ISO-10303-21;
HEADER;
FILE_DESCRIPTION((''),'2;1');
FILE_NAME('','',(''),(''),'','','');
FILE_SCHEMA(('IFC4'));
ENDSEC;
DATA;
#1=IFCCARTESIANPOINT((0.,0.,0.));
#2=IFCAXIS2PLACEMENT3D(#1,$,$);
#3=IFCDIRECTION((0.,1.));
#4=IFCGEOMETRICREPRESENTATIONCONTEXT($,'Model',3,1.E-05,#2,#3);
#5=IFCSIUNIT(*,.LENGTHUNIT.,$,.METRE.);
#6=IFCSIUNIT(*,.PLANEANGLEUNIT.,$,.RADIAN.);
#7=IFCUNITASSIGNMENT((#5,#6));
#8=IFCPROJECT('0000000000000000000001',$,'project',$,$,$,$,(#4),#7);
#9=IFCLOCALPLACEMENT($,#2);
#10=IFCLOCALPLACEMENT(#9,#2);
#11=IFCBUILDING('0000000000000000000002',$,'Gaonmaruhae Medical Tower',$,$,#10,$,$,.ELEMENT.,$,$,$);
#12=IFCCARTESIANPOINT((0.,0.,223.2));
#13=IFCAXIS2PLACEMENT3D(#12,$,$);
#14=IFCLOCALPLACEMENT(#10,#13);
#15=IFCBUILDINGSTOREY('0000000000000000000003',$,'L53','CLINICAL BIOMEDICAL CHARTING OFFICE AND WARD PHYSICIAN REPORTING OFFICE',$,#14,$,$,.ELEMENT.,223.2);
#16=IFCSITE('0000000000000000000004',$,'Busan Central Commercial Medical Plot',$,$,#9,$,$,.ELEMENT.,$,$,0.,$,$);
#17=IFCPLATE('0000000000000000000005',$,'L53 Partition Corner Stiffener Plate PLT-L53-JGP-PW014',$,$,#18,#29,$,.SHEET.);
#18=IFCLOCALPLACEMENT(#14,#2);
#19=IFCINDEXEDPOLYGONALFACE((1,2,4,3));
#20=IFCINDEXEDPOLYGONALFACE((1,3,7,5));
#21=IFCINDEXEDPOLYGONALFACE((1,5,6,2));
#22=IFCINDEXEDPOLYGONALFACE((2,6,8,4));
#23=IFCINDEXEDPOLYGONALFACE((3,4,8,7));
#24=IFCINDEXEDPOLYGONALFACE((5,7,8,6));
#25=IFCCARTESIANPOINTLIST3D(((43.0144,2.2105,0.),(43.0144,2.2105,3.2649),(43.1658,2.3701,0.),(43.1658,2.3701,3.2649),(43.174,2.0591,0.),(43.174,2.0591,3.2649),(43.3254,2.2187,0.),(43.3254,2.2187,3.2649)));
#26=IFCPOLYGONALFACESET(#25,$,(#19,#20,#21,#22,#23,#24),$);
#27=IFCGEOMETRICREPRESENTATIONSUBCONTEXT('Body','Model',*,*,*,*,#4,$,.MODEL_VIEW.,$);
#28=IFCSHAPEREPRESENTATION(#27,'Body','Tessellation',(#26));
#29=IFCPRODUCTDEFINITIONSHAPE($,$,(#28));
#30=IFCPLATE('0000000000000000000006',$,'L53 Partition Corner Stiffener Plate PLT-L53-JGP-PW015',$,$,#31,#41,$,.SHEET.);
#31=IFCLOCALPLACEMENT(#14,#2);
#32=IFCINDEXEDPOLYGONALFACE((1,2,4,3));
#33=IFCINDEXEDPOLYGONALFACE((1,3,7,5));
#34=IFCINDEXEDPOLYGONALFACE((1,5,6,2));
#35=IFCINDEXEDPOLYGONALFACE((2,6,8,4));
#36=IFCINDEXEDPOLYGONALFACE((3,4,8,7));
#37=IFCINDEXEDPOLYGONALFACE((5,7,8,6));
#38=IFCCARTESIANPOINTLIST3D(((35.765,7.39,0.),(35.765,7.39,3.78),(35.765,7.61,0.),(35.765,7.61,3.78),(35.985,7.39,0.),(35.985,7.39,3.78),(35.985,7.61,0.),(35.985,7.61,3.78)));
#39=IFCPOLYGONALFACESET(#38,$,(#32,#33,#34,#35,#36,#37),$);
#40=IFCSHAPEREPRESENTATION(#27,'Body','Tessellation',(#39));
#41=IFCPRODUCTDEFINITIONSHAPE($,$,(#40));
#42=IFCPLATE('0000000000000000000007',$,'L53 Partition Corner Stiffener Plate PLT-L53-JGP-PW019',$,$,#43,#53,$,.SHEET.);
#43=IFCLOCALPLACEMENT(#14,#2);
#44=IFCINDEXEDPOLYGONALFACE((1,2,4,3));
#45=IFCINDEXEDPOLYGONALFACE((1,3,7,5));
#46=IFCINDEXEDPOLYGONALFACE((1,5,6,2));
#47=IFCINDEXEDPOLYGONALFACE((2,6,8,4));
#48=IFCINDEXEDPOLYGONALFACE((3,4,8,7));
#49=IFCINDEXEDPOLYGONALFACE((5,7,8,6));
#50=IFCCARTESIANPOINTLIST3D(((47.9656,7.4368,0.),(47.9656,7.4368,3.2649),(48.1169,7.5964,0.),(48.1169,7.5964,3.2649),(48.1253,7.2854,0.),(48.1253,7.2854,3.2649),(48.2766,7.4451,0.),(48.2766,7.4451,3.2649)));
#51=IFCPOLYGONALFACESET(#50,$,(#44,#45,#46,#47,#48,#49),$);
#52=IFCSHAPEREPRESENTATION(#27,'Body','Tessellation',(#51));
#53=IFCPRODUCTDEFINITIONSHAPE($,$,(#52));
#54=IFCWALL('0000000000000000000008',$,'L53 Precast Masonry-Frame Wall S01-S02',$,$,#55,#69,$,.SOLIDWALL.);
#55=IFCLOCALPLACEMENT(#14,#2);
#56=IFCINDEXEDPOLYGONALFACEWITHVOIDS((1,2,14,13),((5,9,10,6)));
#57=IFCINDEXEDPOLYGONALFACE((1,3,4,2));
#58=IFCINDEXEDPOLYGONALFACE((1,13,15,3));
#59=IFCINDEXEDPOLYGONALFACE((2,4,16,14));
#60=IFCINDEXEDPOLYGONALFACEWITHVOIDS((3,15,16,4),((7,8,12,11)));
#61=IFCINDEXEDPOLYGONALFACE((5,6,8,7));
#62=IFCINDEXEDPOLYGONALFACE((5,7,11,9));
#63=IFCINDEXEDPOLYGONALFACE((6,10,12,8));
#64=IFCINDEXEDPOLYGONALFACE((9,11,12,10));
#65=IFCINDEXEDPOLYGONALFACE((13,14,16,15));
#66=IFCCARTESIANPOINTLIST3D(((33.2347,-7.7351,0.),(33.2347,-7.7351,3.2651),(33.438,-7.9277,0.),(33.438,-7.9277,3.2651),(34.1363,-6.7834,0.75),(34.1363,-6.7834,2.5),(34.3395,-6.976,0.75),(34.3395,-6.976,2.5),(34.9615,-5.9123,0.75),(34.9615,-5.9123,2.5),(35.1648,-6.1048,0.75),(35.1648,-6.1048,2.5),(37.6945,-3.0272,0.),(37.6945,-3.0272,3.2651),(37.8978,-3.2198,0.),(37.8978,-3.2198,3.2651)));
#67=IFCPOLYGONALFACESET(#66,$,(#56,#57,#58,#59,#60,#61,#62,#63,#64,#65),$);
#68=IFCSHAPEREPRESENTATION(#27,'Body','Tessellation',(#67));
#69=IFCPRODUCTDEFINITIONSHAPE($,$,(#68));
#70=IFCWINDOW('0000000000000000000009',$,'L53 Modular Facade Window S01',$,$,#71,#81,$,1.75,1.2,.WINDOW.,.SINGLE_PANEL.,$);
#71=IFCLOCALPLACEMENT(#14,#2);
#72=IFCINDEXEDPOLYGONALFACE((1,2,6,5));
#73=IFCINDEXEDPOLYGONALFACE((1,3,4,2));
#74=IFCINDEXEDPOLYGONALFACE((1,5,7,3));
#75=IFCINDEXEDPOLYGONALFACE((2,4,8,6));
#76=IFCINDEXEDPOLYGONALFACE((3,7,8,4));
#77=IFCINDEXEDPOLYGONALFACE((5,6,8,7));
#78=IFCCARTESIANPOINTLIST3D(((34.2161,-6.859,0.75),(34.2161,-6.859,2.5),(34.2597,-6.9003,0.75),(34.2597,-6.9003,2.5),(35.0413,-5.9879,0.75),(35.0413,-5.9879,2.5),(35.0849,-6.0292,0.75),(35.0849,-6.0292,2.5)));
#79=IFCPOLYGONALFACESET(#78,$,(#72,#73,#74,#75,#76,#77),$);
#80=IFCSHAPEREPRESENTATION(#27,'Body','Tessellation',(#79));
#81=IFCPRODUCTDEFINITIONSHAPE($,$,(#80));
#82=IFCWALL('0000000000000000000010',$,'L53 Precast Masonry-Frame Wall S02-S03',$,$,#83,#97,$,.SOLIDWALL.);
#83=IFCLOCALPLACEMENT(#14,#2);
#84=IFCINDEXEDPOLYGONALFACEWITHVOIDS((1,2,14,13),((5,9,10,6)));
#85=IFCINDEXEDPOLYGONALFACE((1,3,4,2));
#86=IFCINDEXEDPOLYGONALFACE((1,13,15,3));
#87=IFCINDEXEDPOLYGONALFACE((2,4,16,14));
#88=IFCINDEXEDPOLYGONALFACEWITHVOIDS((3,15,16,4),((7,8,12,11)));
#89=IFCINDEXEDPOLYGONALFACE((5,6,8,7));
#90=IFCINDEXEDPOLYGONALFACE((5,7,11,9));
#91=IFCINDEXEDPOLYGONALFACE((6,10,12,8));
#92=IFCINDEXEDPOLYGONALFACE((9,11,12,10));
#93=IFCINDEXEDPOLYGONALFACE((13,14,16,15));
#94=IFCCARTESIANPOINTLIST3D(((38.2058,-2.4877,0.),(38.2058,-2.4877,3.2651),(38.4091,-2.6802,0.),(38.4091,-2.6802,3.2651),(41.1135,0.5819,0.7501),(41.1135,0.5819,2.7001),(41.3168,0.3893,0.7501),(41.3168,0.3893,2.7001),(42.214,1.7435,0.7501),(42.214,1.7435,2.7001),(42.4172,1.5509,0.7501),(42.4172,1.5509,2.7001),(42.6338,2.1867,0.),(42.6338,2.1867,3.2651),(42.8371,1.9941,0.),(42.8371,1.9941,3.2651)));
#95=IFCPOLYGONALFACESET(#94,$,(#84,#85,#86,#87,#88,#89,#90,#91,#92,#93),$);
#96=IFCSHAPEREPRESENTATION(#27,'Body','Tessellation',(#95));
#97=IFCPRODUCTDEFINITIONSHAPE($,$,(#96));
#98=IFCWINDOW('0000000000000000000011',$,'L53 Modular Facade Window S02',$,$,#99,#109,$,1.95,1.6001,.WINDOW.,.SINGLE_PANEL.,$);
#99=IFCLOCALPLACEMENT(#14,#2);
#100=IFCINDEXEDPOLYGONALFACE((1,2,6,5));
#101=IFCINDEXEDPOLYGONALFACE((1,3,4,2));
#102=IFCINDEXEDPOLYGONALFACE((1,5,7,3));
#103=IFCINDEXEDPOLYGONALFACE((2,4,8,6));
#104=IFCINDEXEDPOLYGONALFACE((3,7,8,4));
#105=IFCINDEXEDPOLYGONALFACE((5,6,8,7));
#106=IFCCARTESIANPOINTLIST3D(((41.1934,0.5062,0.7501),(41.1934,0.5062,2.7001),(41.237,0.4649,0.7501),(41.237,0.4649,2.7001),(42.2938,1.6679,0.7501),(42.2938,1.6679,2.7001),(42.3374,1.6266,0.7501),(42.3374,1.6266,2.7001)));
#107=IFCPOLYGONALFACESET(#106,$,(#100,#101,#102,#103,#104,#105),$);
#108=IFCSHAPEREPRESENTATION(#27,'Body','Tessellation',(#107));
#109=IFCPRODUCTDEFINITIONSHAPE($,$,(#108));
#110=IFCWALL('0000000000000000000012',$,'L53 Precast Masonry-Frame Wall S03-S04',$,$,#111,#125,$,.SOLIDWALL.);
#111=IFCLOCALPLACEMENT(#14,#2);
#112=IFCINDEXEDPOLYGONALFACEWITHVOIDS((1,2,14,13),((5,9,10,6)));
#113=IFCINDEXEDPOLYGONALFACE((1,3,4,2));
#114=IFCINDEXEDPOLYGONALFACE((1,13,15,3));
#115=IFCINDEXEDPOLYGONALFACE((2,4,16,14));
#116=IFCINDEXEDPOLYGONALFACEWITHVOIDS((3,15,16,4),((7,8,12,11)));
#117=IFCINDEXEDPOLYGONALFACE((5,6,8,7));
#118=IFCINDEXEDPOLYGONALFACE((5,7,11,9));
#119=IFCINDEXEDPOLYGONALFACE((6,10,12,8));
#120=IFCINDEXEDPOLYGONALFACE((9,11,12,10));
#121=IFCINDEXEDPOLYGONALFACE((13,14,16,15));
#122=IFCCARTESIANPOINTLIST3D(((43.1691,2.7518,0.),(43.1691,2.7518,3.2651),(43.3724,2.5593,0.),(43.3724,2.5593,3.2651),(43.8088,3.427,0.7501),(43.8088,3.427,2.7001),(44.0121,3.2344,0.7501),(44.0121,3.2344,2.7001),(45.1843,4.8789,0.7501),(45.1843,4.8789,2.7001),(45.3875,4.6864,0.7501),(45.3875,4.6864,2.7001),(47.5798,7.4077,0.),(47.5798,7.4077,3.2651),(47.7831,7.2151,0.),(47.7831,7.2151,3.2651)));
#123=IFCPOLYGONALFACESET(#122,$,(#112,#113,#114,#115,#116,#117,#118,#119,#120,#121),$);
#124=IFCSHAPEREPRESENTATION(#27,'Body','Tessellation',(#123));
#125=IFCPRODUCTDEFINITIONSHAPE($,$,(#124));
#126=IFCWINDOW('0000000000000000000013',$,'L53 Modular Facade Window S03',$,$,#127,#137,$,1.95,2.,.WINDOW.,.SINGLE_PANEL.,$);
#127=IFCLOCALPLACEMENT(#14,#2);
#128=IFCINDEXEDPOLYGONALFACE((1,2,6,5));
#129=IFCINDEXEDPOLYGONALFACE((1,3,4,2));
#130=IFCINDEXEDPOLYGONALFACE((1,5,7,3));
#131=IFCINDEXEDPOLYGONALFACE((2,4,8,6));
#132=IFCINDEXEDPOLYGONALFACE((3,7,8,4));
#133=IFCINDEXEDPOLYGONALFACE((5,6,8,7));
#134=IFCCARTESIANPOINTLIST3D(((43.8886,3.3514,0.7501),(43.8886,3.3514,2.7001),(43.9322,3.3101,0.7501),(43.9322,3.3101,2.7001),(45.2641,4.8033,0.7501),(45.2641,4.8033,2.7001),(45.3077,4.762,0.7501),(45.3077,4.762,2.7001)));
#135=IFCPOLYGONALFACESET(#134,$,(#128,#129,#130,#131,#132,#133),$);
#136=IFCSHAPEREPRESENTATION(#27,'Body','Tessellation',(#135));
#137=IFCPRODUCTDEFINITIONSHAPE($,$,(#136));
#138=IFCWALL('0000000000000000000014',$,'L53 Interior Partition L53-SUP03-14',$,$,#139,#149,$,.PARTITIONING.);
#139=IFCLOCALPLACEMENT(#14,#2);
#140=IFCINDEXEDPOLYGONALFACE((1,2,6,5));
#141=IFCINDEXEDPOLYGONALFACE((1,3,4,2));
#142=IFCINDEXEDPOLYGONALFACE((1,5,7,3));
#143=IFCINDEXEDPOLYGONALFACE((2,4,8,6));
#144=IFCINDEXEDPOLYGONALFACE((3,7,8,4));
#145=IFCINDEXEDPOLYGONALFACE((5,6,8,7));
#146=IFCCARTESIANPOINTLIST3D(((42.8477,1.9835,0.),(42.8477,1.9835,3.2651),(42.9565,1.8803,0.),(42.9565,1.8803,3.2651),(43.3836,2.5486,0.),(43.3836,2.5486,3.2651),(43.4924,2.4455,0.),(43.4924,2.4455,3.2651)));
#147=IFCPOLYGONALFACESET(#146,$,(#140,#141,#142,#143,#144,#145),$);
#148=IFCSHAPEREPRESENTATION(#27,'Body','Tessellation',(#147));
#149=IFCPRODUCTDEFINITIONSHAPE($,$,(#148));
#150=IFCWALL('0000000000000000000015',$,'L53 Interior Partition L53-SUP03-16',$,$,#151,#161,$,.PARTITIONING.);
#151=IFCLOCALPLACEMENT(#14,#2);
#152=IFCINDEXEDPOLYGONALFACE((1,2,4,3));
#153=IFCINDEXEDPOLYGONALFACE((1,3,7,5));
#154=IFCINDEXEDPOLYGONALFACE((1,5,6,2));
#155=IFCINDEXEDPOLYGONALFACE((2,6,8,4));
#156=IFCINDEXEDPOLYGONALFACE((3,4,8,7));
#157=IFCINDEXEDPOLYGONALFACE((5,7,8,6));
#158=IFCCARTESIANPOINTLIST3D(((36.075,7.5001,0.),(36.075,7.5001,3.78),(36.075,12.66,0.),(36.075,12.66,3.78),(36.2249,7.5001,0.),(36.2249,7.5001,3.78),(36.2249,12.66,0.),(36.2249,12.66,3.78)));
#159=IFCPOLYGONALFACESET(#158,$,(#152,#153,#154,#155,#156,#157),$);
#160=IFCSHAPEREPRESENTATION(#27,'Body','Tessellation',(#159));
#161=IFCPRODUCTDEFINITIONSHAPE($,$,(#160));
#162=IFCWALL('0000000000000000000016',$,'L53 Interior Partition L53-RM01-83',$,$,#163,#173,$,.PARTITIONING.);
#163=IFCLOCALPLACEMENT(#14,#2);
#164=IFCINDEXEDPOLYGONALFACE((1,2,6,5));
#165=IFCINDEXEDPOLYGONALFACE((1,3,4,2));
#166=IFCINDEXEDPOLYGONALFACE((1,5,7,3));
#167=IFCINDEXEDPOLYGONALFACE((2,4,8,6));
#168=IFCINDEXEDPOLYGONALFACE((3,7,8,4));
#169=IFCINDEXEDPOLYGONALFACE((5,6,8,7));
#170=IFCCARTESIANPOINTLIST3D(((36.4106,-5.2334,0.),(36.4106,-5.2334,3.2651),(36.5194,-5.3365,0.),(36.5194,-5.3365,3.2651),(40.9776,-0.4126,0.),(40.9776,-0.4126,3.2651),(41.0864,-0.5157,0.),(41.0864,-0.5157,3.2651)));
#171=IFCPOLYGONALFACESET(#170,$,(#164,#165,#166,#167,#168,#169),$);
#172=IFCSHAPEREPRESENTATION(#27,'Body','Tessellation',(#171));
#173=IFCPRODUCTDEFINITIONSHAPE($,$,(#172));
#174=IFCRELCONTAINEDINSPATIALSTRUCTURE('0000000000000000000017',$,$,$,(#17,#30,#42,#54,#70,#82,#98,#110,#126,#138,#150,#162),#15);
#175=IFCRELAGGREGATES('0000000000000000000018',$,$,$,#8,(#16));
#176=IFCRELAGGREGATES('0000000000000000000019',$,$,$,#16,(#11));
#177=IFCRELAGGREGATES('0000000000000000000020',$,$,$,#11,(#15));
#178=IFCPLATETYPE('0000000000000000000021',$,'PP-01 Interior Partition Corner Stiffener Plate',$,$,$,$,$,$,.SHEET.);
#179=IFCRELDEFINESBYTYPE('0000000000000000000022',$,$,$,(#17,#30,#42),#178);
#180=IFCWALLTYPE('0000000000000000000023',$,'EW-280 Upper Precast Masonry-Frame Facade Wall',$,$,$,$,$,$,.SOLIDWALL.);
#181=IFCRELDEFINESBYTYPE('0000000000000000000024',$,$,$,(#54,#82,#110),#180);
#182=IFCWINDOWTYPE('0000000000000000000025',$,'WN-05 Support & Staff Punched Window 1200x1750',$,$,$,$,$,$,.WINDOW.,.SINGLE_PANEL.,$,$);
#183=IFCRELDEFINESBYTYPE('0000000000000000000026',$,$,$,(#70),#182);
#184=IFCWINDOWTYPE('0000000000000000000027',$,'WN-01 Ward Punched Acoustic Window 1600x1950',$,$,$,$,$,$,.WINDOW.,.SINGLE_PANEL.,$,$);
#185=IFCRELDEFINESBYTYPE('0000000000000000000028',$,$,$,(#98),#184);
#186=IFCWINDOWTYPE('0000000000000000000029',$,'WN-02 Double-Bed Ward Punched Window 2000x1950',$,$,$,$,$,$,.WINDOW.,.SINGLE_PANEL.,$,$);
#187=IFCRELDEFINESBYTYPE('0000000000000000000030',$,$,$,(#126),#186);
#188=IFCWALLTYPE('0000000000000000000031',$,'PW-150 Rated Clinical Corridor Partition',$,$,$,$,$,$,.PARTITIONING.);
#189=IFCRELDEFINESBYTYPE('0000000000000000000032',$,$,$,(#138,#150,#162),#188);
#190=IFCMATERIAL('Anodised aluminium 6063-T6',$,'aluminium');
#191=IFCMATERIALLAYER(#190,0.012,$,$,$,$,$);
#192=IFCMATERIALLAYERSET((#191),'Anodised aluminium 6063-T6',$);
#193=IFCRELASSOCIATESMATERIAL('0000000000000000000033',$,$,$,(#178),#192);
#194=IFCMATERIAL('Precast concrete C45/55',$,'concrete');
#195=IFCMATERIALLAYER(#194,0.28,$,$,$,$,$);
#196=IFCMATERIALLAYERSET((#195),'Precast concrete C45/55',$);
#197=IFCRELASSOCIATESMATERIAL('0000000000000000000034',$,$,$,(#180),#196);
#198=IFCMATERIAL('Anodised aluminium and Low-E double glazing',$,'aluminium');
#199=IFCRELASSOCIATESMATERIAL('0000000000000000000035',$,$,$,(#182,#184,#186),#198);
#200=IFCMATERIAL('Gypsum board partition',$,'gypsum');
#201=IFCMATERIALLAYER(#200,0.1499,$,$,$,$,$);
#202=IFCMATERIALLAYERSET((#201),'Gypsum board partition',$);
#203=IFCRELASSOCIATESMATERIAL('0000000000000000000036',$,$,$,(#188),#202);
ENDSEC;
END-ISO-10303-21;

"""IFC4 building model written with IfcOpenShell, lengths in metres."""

from ifc_helpers import new_model, si_unit, direction, frame, frame_2d, origin, origin_2d, place, context, subcontext, project, spatial, rectangle, extrude, material, layer, layer_set, type_object, element, fill, save


model = new_model("IFC4")

# Units and contexts
model_context = context("Model", 3, precision=1e-05, world=origin(), true_north=direction((0.0, 1.0)))
body_context = subcontext(model_context, "Body", "Model", "MODEL_VIEW")
ifc_project = project(units=[si_unit("LENGTHUNIT", "METRE"), si_unit("PLANEANGLEUNIT", "RADIAN")], contexts=[model_context])

# Site, building, storey
site_placement = place(None, origin())
site = spatial("IfcSite", under=ifc_project, at=site_placement, Name="Busan Central Commercial Medical Plot", CompositionType="ELEMENT", RefElevation=0.0)
building_placement = place(site_placement, origin())
building = spatial("IfcBuilding", under=site, at=building_placement, Name="Gaonmaruhae Medical Tower", CompositionType="ELEMENT")
storey_placement = place(building_placement, frame((0.0, 0.0, 223.2)))
storey = spatial("IfcBuildingStorey", under=building, at=storey_placement, Name="L53", Description="CLINICAL BIOMEDICAL CHARTING OFFICE AND WARD PHYSICIAN REPORTING OFFICE", CompositionType="ELEMENT", Elevation=223.2)

# Plates
ifc_material_1 = material(Name="Anodised aluminium 6063-T6", Category="aluminium")
ifc_layer_1 = layer(ifc_material_1, 0.012)
ifc_layer_set_1 = layer_set([ifc_layer_1], Name="Anodised aluminium 6063-T6")
plate_type = type_object("IfcPlateType", Name="PP-01 Interior Partition Corner Stiffener Plate", PredefinedType="SHEET", material=ifc_layer_set_1)
plate_1_placement = place(storey_placement, frame((43.1699, 2.2146, 0.0), z_axis=(0.0, 0.0, 1.0), x_axis=(-0.688241, -0.725482, 0.0)))
element("IfcPlate", 1, at=plate_1_placement, inside=storey, type_object=plate_type, Name="L53 Partition Corner Stiffener Plate PLT-L53-JGP-PW014", PredefinedType="SHEET", context=body_context, shape_type="SweptSolid", body=[
    extrude(rectangle(XDim=0.22, YDim=0.22, at=origin_2d()), origin(), (0.0, 0.0, 1.0), 3.2649),
])
plate_2_placement = place(storey_placement, frame((35.875, 7.5, 0.0), z_axis=(0.0, 0.0, 1.0), x_axis=(1.0, 0.0, 0.0)))
element("IfcPlate", 2, at=plate_2_placement, inside=storey, type_object=plate_type, Name="L53 Partition Corner Stiffener Plate PLT-L53-JGP-PW015", PredefinedType="SHEET", context=body_context, shape_type="SweptSolid", body=[
    extrude(rectangle(XDim=0.22, YDim=0.22, at=origin_2d()), origin(), (0.0, 0.0, 1.0), 3.78),
])
plate_3_placement = place(storey_placement, frame((48.1211, 7.4409, 0.0), z_axis=(0.0, 0.0, 1.0), x_axis=(-0.687949, -0.725759, 0.0)))
element("IfcPlate", 3, at=plate_3_placement, inside=storey, type_object=plate_type, Name="L53 Partition Corner Stiffener Plate PLT-L53-JGP-PW019", PredefinedType="SHEET", context=body_context, shape_type="SweptSolid", body=[
    extrude(rectangle(XDim=0.22, YDim=0.22, at=origin_2d()), origin(), (0.0, 0.0, 1.0), 3.2649),
])

# Walls, openings, windows
ifc_material_2 = material(Name="Precast concrete C45/55", Category="concrete")
ifc_layer_2 = layer(ifc_material_2, 0.28)
ifc_layer_set_2 = layer_set([ifc_layer_2], Name="Precast concrete C45/55")
wall_type_1 = type_object("IfcWallType", Name="EW-280 Upper Precast Masonry-Frame Facade Wall", PredefinedType="SOLIDWALL", material=ifc_layer_set_2)
wall_1_placement = place(storey_placement, frame((37.7961, -3.1235, 0.0), z_axis=(0.0, 0.0, 1.0), x_axis=(-0.687723, -0.725973, 0.0)))
wall_1 = element("IfcWall", 4, at=wall_1_placement, inside=storey, type_object=wall_type_1, Name="L53 Precast Masonry-Frame Wall S01-S02", PredefinedType="SOLIDWALL", context=body_context, shape_type="SweptSolid", body=[
    extrude(rectangle(XDim=6.4849, YDim=0.28, at=frame_2d((3.2424, 0.0))), origin(), (0.0, 0.0, 1.0), 3.2651),
])
opening_1_placement = place(wall_1_placement, frame((3.9739, 0.0, 0.75)))
opening_1 = element("IfcOpeningElement", 5, at=opening_1_placement, cuts=wall_1, PredefinedType="OPENING", context=body_context, shape_type="SweptSolid", body=[
    extrude(rectangle(XDim=1.2, YDim=1.75, at=frame_2d((0.6001, 0.875))), frame((0.0, 0.1499, 0.0), z_axis=(0.0, -1.0, 0.0), x_axis=(1.0, 0.0, 0.0)), (0.0, 0.0, 1.0), 0.3),
])
ifc_material_3 = material(Name="Anodised aluminium and Low-E double glazing", Category="aluminium")
window_type_1 = type_object("IfcWindowType", Name="WN-05 Support & Staff Punched Window 1200x1750", PartitioningType="SINGLE_PANEL", PredefinedType="WINDOW", material=ifc_material_3)
window_1_placement = place(opening_1_placement, origin())
window_1 = element("IfcWindow", 6, at=window_1_placement, inside=storey, type_object=window_type_1, Name="L53 Modular Facade Window S01", OverallHeight=1.75, OverallWidth=1.2, PartitioningType="SINGLE_PANEL", PredefinedType="WINDOW", context=body_context, shape_type="SweptSolid", body=[
    extrude(rectangle(XDim=1.2, YDim=1.75, at=frame_2d((0.6001, 0.875))), frame((0.0, 0.03, 0.0), z_axis=(0.0, -1.0, 0.0), x_axis=(1.0, 0.0, 0.0)), (0.0, 0.0, 1.0), 0.0601),
])
fill(opening_1, window_1)
wall_2_placement = place(storey_placement, frame((42.7354, 2.0903, 0.0), z_axis=(0.0, 0.0, 1.0), x_axis=(-0.687718, -0.725978, 0.0)))
wall_2 = element("IfcWall", 7, at=wall_2_placement, inside=storey, type_object=wall_type_1, Name="L53 Precast Masonry-Frame Wall S02-S03", PredefinedType="SOLIDWALL", context=body_context, shape_type="SweptSolid", body=[
    extrude(rectangle(XDim=6.4387, YDim=0.28, at=frame_2d((3.2192, 0.0))), origin(), (0.0, 0.0, 1.0), 3.2651),
])
opening_2_placement = place(wall_2_placement, frame((0.6104, 0.0, 0.75)))
opening_2 = element("IfcOpeningElement", 8, at=opening_2_placement, cuts=wall_2, PredefinedType="OPENING", context=body_context, shape_type="SweptSolid", body=[
    extrude(rectangle(XDim=1.6001, YDim=1.95, at=frame_2d((0.8, 0.9751))), frame((0.0, 0.1499, 0.0), z_axis=(0.0, -1.0, 0.0), x_axis=(1.0, 0.0, 0.0)), (0.0, 0.0, 1.0), 0.3),
])
window_type_2 = type_object("IfcWindowType", Name="WN-01 Ward Punched Acoustic Window 1600x1950", PartitioningType="SINGLE_PANEL", PredefinedType="WINDOW", material=ifc_material_3)
window_2_placement = place(opening_2_placement, origin())
window_2 = element("IfcWindow", 9, at=window_2_placement, inside=storey, type_object=window_type_2, Name="L53 Modular Facade Window S02", OverallHeight=1.95, OverallWidth=1.6001, PartitioningType="SINGLE_PANEL", PredefinedType="WINDOW", context=body_context, shape_type="SweptSolid", body=[
    extrude(rectangle(XDim=1.6001, YDim=1.95, at=frame_2d((0.8, 0.9751))), frame((0.0, 0.03, 0.0), z_axis=(0.0, -1.0, 0.0), x_axis=(1.0, 0.0, 0.0)), (0.0, 0.0, 1.0), 0.0601),
])
fill(opening_2, window_2)
wall_3_placement = place(storey_placement, frame((47.6814, 7.3113, 0.0), z_axis=(0.0, 0.0, 1.0), x_axis=(-0.687738, -0.725959, 0.0)))
wall_3 = element("IfcWall", 10, at=wall_3_placement, inside=storey, type_object=wall_type_1, Name="L53 Precast Masonry-Frame Wall S03-S04", PredefinedType="SOLIDWALL", context=body_context, shape_type="SweptSolid", body=[
    extrude(rectangle(XDim=6.4133, YDim=0.28, at=frame_2d((3.2065, 0.0))), origin(), (0.0, 0.0, 1.0), 3.2651),
])
opening_3_placement = place(wall_3_placement, frame((3.4832, 0.0, 0.75)))
opening_3 = element("IfcOpeningElement", 11, at=opening_3_placement, cuts=wall_3, PredefinedType="OPENING", context=body_context, shape_type="SweptSolid", body=[
    extrude(rectangle(XDim=2.0, YDim=1.95, at=frame_2d((1.0, 0.9751))), frame((0.0, 0.1499, 0.0), z_axis=(0.0, -1.0, 0.0), x_axis=(1.0, 0.0, 0.0)), (0.0, 0.0, 1.0), 0.3),
])
window_type_3 = type_object("IfcWindowType", Name="WN-02 Double-Bed Ward Punched Window 2000x1950", PartitioningType="SINGLE_PANEL", PredefinedType="WINDOW", material=ifc_material_3)
window_3_placement = place(opening_3_placement, origin())
window_3 = element("IfcWindow", 12, at=window_3_placement, inside=storey, type_object=window_type_3, Name="L53 Modular Facade Window S03", OverallHeight=1.95, OverallWidth=2.0, PartitioningType="SINGLE_PANEL", PredefinedType="WINDOW", context=body_context, shape_type="SweptSolid", body=[
    extrude(rectangle(XDim=2.0, YDim=1.95, at=frame_2d((1.0, 0.9751))), frame((0.0, 0.03, 0.0), z_axis=(0.0, -1.0, 0.0), x_axis=(1.0, 0.0, 0.0)), (0.0, 0.0, 1.0), 0.0601),
])
fill(opening_3, window_3)

# Walls
ifc_material_4 = material(Name="Gypsum board partition", Category="gypsum")
ifc_layer_3 = layer(ifc_material_4, 0.1499)
ifc_layer_set_3 = layer_set([ifc_layer_3], Name="Gypsum board partition")
wall_type_2 = type_object("IfcWallType", Name="PW-150 Rated Clinical Corridor Partition", PredefinedType="PARTITIONING", material=ifc_layer_set_3)
wall_4_placement = place(storey_placement, frame((43.438, 2.4971, 0.0), z_axis=(0.0, 0.0, 1.0), x_axis=(-0.688049, -0.725664, 0.0)))
element("IfcWall", 13, at=wall_4_placement, inside=storey, type_object=wall_type_2, Name="L53 Interior Partition L53-SUP03-14", PredefinedType="PARTITIONING", context=body_context, shape_type="SweptSolid", body=[
    extrude(rectangle(XDim=0.7788, YDim=0.1499, at=frame_2d((0.3894, 0.0))), origin(), (0.0, 0.0, 1.0), 3.2651),
])
wall_5_placement = place(storey_placement, frame((36.1499, 7.5, 0.0), z_axis=(0.0, 0.0, 1.0), x_axis=(0.0, 1.0, 0.0)))
element("IfcWall", 14, at=wall_5_placement, inside=storey, type_object=wall_type_2, Name="L53 Interior Partition L53-SUP03-16", PredefinedType="PARTITIONING", context=body_context, shape_type="SweptSolid", body=[
    extrude(rectangle(XDim=5.1599, YDim=0.1499, at=frame_2d((2.5801, 0.0))), origin(), (0.0, 0.0, 1.0), 3.78),
])
wall_6_placement = place(storey_placement, frame((41.032, -0.4641, 0.0), z_axis=(0.0, 0.0, 1.0), x_axis=(-0.68773, -0.725966, 0.0)))
element("IfcWall", 15, at=wall_6_placement, inside=storey, type_object=wall_type_2, Name="L53 Interior Partition L53-RM01-83", PredefinedType="PARTITIONING", context=body_context, shape_type="SweptSolid", body=[
    extrude(rectangle(XDim=6.6406, YDim=0.1499, at=frame_2d((3.3203, 0.0))), origin(), (0.0, 0.0, 1.0), 3.2651),
])

save(model, "model.ifc")
